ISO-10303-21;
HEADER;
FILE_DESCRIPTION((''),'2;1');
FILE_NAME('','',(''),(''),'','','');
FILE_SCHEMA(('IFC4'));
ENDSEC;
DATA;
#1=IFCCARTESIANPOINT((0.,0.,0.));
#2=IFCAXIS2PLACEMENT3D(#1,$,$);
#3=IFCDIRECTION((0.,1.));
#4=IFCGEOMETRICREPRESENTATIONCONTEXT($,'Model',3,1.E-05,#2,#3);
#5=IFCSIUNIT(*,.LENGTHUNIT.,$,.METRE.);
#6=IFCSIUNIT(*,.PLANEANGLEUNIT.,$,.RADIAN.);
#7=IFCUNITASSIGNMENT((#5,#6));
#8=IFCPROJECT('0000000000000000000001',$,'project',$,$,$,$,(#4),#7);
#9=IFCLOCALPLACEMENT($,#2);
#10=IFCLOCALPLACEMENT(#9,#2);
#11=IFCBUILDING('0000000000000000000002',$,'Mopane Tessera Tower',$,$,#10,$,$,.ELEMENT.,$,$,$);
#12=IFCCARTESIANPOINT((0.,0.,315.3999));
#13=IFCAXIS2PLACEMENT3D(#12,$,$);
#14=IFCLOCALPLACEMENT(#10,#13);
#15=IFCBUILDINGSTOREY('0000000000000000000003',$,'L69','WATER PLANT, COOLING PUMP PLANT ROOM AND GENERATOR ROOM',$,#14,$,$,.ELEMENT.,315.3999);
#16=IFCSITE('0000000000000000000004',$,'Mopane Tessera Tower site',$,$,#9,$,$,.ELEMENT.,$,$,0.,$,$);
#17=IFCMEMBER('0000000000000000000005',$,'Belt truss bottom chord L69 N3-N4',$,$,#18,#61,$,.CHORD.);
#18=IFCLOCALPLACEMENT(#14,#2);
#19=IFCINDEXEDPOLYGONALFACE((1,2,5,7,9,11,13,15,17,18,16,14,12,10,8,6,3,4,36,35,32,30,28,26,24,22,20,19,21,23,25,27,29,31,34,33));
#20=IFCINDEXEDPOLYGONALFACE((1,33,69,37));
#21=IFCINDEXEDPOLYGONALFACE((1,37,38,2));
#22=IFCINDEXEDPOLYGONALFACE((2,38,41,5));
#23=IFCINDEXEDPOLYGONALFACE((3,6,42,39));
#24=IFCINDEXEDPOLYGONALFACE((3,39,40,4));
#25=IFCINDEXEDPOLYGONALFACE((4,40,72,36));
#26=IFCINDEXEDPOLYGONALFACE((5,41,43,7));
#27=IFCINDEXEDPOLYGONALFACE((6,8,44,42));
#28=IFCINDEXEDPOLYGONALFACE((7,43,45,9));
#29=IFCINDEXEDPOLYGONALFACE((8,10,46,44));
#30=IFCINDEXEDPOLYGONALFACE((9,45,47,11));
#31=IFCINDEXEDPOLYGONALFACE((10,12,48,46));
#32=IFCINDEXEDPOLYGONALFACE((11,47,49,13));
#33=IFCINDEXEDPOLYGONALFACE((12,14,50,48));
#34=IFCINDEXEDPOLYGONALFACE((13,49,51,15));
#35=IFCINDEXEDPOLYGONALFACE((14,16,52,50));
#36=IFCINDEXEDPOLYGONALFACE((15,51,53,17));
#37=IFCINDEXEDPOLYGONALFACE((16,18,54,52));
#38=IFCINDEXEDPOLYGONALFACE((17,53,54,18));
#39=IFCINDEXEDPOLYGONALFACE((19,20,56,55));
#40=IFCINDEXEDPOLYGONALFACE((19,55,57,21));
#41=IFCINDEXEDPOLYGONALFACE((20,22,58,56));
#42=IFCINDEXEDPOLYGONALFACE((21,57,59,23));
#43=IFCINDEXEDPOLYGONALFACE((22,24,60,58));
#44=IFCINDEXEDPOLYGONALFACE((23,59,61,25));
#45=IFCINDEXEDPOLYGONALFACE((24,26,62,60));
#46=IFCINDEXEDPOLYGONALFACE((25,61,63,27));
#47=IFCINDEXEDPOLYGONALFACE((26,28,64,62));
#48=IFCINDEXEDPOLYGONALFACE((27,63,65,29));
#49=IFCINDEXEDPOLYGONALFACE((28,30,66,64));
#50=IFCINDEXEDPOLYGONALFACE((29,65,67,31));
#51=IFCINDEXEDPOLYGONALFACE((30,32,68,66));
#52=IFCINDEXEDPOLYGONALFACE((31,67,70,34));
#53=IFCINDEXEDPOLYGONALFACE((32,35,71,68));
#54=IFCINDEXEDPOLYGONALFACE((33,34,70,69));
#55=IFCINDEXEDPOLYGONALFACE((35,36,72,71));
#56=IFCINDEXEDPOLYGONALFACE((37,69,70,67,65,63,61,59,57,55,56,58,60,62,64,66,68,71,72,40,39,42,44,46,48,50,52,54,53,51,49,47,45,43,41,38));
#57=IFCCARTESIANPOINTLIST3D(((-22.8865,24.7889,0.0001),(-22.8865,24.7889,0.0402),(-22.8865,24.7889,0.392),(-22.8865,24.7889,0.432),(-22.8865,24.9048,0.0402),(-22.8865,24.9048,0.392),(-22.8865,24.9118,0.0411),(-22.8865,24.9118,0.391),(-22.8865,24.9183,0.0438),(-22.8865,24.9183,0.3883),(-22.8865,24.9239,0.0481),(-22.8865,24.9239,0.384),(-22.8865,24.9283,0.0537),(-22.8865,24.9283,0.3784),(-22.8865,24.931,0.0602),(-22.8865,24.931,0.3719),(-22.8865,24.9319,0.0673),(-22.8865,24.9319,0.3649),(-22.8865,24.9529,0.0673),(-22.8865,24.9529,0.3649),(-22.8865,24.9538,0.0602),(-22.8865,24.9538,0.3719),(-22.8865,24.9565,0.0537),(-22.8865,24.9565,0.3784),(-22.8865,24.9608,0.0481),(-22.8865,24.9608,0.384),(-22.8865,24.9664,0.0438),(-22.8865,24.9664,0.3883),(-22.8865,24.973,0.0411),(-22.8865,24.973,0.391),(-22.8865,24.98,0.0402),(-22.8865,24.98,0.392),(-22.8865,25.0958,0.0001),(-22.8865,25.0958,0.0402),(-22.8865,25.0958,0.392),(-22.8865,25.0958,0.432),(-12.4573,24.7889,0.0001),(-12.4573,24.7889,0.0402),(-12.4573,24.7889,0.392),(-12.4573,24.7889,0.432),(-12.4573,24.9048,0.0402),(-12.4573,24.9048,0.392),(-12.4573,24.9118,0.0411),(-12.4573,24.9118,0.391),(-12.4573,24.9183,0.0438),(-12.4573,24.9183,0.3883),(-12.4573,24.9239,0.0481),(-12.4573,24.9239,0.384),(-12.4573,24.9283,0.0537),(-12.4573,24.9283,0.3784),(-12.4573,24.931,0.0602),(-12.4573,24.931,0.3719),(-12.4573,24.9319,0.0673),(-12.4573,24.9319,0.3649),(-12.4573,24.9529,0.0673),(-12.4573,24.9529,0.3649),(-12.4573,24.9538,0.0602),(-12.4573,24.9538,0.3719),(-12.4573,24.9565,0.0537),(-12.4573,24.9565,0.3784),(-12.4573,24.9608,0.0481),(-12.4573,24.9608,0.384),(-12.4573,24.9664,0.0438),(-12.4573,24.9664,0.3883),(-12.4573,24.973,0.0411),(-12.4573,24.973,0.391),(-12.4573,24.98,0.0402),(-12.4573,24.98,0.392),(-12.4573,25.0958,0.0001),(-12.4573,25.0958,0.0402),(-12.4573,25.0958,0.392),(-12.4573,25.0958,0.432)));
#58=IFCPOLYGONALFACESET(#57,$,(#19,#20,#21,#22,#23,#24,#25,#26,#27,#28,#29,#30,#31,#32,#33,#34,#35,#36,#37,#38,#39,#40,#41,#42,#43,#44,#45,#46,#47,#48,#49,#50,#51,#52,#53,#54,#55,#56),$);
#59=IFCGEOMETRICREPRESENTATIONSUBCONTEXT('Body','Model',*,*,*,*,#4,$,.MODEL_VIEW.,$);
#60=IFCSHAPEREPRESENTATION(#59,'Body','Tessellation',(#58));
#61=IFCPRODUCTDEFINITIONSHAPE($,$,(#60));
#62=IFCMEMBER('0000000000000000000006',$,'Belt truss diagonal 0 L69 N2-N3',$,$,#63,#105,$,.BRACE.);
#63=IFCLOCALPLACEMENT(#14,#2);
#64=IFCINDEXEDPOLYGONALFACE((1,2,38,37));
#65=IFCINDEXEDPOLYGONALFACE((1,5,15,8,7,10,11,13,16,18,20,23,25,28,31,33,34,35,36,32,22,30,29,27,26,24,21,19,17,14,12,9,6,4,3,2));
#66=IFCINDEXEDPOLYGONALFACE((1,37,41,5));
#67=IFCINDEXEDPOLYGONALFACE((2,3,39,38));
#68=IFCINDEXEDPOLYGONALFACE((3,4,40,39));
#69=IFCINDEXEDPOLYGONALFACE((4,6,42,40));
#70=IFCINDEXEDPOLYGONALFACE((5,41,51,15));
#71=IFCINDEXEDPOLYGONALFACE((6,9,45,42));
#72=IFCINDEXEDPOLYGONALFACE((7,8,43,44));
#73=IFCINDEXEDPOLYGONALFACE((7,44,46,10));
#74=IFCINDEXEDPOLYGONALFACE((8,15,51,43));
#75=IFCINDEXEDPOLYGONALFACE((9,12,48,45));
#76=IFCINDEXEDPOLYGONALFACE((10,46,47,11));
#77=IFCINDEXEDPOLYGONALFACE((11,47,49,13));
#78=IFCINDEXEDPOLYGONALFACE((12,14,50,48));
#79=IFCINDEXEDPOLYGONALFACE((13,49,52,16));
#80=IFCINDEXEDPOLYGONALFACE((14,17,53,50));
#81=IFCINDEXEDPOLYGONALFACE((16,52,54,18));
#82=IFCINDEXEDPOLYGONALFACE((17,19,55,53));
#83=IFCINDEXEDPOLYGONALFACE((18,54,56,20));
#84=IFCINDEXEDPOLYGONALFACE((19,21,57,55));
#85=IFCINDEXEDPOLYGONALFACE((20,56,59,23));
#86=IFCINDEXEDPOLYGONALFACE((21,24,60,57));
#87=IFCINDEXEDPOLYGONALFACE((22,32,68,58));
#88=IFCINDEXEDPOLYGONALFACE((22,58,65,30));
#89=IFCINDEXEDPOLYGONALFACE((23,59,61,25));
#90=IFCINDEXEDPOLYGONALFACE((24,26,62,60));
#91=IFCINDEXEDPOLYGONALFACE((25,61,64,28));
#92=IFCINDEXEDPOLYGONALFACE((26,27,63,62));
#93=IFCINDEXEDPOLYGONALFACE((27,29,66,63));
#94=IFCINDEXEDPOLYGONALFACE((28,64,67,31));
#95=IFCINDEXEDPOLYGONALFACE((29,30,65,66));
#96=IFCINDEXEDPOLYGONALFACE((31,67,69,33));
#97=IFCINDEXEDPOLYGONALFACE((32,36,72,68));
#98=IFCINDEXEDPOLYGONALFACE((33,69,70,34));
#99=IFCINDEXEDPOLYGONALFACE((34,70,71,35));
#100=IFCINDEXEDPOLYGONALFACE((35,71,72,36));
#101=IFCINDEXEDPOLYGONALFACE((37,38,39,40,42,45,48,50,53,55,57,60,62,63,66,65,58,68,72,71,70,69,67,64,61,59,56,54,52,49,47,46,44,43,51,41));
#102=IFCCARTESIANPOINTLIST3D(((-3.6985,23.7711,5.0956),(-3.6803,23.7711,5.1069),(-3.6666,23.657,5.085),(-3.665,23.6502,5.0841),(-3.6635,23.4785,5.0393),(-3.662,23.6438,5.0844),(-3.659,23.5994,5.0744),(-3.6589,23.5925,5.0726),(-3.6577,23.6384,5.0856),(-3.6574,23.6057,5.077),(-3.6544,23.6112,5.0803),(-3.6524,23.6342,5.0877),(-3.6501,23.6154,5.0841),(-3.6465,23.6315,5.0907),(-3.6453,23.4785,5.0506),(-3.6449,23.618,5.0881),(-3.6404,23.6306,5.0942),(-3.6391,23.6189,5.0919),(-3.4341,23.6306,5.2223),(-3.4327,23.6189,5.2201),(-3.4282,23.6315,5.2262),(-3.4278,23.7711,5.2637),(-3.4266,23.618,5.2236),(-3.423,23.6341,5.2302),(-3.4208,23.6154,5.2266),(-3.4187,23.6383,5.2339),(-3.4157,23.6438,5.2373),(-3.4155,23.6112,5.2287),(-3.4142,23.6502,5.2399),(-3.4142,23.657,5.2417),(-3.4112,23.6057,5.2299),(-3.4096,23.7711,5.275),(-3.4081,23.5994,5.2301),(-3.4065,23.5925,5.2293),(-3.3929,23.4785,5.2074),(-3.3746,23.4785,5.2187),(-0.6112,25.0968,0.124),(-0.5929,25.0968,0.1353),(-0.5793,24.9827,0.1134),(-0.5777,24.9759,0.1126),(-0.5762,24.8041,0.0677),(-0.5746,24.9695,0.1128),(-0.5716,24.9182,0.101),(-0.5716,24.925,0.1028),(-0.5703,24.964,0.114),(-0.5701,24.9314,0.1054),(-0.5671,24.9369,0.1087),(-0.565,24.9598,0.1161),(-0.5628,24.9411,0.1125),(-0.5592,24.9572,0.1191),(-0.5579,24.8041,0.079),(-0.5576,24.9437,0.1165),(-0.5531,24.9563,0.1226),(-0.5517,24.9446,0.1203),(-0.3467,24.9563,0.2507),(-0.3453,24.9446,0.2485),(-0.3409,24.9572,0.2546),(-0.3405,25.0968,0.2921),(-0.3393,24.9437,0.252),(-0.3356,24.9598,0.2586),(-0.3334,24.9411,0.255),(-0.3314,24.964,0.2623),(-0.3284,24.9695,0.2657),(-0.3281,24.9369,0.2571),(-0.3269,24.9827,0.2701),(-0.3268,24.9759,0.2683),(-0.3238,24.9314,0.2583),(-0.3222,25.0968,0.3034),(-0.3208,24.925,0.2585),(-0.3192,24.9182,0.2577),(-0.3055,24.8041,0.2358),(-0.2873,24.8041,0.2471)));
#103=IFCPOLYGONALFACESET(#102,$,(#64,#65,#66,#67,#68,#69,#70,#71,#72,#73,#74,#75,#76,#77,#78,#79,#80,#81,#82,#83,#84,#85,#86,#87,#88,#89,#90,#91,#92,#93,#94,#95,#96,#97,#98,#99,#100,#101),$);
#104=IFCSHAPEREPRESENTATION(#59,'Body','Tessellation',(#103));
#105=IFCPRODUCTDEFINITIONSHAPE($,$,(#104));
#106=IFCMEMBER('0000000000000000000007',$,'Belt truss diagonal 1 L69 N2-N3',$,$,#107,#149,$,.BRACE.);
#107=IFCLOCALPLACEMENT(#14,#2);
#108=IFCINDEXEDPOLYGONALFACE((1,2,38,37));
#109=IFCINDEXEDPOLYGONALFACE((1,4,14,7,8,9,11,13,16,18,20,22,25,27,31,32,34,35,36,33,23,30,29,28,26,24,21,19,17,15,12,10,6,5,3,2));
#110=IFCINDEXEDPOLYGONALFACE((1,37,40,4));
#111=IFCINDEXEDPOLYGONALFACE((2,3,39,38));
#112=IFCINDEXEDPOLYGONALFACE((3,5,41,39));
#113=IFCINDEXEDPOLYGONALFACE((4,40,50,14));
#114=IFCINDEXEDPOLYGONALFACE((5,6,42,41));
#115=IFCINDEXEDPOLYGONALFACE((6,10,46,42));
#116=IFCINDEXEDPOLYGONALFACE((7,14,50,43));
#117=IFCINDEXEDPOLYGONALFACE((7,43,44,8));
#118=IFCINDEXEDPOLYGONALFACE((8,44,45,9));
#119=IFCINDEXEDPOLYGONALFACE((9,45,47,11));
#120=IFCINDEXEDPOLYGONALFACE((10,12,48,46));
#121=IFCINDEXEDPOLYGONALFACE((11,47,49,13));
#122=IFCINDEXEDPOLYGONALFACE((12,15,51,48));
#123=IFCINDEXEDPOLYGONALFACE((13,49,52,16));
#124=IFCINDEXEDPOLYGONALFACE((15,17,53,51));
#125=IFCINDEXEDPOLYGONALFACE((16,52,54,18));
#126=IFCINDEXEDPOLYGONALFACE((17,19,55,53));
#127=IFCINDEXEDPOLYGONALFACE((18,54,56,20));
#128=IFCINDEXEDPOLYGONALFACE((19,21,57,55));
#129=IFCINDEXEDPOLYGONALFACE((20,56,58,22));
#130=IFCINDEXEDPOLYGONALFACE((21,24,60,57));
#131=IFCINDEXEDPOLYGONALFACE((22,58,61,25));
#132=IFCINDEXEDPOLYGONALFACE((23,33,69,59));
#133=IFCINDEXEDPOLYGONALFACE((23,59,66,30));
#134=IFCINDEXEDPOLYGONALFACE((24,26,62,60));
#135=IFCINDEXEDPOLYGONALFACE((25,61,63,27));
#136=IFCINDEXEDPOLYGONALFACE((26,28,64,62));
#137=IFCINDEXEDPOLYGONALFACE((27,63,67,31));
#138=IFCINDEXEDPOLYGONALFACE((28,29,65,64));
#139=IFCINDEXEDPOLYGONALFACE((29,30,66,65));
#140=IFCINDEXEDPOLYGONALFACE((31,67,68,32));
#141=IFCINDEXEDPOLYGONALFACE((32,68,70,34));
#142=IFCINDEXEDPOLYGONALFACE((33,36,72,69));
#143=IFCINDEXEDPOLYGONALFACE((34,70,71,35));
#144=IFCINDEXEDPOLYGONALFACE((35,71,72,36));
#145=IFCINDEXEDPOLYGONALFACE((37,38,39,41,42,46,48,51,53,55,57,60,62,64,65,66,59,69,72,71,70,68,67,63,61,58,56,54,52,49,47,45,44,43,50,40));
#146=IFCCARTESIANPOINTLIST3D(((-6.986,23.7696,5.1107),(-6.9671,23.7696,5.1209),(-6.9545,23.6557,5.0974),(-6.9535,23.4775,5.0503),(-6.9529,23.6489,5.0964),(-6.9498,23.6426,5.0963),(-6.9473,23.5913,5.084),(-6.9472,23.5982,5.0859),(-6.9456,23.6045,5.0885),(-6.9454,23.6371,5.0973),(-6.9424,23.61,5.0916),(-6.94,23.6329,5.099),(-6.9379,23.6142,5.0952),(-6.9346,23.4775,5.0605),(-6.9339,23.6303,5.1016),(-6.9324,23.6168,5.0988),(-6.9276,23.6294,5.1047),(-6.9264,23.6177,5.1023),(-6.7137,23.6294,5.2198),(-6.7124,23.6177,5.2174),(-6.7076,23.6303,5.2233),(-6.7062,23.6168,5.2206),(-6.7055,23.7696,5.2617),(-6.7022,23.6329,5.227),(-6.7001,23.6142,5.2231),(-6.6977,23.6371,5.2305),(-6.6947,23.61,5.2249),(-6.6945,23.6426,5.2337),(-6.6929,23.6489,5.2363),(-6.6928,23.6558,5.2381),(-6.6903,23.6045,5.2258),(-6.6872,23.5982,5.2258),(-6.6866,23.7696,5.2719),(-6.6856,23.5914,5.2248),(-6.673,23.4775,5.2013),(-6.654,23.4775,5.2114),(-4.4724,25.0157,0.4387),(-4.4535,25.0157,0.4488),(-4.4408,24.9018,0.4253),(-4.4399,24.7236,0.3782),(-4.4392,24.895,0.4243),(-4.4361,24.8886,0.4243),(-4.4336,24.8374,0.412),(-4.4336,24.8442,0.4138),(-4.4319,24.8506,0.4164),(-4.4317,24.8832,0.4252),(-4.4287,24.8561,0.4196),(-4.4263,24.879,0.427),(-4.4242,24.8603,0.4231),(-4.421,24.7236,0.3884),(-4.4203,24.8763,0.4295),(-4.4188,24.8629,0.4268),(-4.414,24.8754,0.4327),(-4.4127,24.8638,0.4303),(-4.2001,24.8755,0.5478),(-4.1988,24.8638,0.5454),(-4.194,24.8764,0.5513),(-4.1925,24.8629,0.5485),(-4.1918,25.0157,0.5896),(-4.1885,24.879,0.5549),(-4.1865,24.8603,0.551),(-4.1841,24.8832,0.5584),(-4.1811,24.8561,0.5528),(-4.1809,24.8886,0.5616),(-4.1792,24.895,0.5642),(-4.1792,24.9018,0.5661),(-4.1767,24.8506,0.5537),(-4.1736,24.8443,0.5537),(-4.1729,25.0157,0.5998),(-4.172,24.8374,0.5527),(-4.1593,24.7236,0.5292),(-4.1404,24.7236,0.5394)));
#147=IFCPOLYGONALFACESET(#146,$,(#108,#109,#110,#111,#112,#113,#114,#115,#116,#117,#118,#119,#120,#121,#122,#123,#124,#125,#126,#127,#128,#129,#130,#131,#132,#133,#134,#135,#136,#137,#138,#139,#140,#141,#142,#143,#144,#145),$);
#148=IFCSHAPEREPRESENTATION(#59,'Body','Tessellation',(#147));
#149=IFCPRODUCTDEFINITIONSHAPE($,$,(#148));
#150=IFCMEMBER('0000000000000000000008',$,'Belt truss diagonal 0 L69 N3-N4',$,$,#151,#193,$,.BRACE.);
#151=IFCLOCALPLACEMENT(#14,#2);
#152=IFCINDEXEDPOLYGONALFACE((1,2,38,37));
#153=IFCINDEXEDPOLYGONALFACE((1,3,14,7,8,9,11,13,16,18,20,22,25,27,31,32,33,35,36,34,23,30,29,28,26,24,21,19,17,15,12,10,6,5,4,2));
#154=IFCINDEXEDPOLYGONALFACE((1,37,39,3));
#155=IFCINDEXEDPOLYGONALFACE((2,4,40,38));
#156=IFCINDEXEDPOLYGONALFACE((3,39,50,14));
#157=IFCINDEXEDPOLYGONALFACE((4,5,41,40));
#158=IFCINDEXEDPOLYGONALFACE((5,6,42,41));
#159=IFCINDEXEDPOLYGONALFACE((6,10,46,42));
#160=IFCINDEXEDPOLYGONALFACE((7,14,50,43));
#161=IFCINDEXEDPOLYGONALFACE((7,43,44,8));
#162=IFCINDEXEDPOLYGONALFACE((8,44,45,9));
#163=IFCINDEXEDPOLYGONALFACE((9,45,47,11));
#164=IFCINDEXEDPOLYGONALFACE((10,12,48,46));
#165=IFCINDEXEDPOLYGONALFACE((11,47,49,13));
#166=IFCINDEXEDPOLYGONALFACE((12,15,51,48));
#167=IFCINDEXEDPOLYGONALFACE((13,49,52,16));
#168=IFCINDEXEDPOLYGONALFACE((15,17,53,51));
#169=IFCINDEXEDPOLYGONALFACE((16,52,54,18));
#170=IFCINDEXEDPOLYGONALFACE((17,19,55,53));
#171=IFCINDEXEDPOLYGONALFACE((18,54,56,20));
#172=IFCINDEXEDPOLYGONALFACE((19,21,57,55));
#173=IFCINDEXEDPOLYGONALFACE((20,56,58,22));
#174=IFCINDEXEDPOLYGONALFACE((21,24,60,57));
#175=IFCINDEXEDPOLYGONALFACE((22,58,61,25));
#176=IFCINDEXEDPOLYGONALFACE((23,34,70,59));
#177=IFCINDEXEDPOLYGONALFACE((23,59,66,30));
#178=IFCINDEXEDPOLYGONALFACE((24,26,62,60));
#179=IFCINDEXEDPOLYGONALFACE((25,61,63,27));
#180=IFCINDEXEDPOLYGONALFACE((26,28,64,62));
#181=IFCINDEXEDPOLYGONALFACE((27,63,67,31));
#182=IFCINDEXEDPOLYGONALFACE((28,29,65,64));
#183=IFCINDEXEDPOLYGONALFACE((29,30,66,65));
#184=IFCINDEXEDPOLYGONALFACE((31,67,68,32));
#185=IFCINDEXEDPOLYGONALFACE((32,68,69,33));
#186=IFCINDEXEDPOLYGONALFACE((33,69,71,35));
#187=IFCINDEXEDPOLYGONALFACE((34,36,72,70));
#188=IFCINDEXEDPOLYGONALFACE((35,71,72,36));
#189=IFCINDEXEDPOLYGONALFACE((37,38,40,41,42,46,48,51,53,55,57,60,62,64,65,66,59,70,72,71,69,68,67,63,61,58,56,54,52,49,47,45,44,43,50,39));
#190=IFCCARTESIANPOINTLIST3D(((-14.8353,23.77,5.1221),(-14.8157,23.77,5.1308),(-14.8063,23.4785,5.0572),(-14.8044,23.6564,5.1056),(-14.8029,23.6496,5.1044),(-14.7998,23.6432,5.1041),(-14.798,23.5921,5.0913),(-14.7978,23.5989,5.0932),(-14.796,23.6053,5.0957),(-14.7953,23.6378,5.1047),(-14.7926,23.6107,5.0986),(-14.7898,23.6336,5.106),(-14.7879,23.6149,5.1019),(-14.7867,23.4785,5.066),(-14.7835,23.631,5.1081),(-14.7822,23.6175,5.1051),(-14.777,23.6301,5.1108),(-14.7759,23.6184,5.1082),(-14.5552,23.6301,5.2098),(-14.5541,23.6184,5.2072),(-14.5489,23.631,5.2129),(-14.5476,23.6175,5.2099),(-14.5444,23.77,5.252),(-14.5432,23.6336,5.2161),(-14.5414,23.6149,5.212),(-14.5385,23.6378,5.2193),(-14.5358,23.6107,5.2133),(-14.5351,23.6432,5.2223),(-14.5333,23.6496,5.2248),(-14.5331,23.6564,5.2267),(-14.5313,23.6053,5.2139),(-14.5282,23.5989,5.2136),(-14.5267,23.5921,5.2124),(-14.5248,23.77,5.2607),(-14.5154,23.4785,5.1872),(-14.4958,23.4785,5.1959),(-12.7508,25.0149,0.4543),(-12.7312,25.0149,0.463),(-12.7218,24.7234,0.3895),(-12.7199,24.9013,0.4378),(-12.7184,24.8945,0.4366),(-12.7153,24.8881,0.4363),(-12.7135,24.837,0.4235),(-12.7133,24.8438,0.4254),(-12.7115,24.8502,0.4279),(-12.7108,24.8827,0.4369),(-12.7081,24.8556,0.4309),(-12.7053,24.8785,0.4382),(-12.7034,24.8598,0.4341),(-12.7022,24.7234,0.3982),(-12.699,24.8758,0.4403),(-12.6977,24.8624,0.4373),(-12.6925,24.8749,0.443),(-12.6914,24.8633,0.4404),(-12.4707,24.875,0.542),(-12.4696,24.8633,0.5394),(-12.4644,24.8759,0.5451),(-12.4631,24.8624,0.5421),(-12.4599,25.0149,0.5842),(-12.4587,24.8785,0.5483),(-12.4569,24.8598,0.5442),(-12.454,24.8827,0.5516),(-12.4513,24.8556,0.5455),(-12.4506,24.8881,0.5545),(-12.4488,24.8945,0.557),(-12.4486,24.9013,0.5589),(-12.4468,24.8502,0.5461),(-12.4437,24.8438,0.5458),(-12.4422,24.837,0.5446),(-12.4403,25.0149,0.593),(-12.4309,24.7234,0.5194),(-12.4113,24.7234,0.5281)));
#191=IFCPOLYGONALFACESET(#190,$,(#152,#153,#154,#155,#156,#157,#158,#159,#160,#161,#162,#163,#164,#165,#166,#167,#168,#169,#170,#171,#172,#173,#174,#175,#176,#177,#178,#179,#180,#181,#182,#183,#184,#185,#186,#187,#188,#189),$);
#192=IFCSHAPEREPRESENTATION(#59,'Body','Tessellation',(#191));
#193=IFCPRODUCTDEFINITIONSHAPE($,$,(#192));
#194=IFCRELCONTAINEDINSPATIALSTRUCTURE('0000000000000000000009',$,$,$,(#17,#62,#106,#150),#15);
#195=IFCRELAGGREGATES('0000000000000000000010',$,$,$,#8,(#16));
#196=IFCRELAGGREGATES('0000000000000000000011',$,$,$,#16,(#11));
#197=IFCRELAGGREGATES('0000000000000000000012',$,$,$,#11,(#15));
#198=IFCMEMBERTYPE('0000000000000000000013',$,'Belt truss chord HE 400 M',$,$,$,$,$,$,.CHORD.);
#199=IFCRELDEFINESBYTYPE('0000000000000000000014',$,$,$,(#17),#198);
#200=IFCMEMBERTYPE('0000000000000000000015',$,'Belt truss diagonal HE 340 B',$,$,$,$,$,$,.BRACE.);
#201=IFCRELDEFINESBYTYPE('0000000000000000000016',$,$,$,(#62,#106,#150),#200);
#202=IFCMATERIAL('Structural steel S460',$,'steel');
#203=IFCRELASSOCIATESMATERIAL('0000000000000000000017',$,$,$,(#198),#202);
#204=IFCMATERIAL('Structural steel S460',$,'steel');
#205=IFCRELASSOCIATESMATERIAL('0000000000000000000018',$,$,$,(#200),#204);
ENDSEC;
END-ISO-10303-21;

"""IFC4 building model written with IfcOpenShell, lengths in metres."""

from ifc_helpers import new_model, si_unit, direction, frame, origin, origin_2d, place, context, subcontext, project, spatial, i_section, extrude, material, material_profile, profile_set, type_object, element, save


model = new_model("IFC4")

# Units and contexts
model_context = context("Model", 3, precision=1e-05, world=origin(), true_north=direction((0.0, 1.0)))
body_context = subcontext(model_context, "Body", "Model", "MODEL_VIEW")
ifc_project = project(units=[si_unit("LENGTHUNIT", "METRE"), si_unit("PLANEANGLEUNIT", "RADIAN")], contexts=[model_context])

# Site, building, storey
site_placement = place(None, origin())
site = spatial("IfcSite", under=ifc_project, at=site_placement, Name="Mopane Tessera Tower site", CompositionType="ELEMENT", RefElevation=0.0)
building_placement = place(site_placement, origin())
building = spatial("IfcBuilding", under=site, at=building_placement, Name="Mopane Tessera Tower", CompositionType="ELEMENT")
storey_placement = place(building_placement, frame((0.0, 0.0, 315.3999)))
storey = spatial("IfcBuildingStorey", under=building, at=storey_placement, Name="L69", Description="WATER PLANT, COOLING PUMP PLANT ROOM AND GENERATOR ROOM", CompositionType="ELEMENT", Elevation=315.3999)

# Members
ifc_material_1 = material(Name="Structural steel S460", Category="steel")
ifc_material_profile_1 = material_profile(ifc_material_1, i_section(OverallWidth=0.3069, OverallDepth=0.4319, WebThickness=0.021, FlangeThickness=0.04, FilletRadius=0.0271, at=origin_2d()))
ifc_profile_set_1 = profile_set([ifc_material_profile_1], Name="Structural steel S460")
member_type_1 = type_object("IfcMemberType", Name="Belt truss chord HE 400 M", PredefinedType="CHORD", material=ifc_profile_set_1)
member_1_placement = place(storey_placement, frame((-12.4573, 24.9424, 0.2161), z_axis=(-1.0, 0.0, 0.0), x_axis=(0.0, -1.0, 0.0)))
element("IfcMember", 1, at=member_1_placement, inside=storey, type_object=member_type_1, Name="Belt truss bottom chord L69 N3-N4", PredefinedType="CHORD", context=body_context, shape_type="SweptSolid", body=[
    extrude(i_section(OverallWidth=0.3069, OverallDepth=0.4319, WebThickness=0.021, FlangeThickness=0.04, FilletRadius=0.0271, at=origin_2d()), origin(), (0.0, 0.0, 1.0), 10.4292),
])
ifc_material_2 = material(Name="Structural steel S460", Category="steel")
ifc_material_profile_2 = material_profile(ifc_material_2, i_section(OverallWidth=0.3, OverallDepth=0.3401, WebThickness=0.012, FlangeThickness=0.0215, FilletRadius=0.0271, at=origin_2d()))
ifc_profile_set_2 = profile_set([ifc_material_profile_2], Name="Structural steel S460")
member_type_2 = type_object("IfcMemberType", Name="Belt truss diagonal HE 340 B", PredefinedType="BRACE", material=ifc_profile_set_2)
member_2_placement = place(storey_placement, frame((-0.4492, 24.9504, 0.1855), z_axis=(-0.514516, -0.220926, 0.828532), x_axis=(0.116525, -0.975291, -0.187697)))
element("IfcMember", 2, at=member_2_placement, inside=storey, type_object=member_type_2, Name="Belt truss diagonal 0 L69 N2-N3", PredefinedType="BRACE", context=body_context, shape_type="SweptSolid", body=[
    extrude(i_section(OverallWidth=0.3, OverallDepth=0.3401, WebThickness=0.012, FlangeThickness=0.0215, FilletRadius=0.0271, at=origin_2d()), origin(), (0.0, 0.0, 1.0), 6.0005),
])
member_3_placement = place(storey_placement, frame((-4.3064, 24.8696, 0.489), z_axis=(-0.461244, -0.228651, 0.857306), x_axis=(0.108366, -0.973509, -0.201341)))
element("IfcMember", 3, at=member_3_placement, inside=storey, type_object=member_type_2, Name="Belt truss diagonal 1 L69 N2-N3", PredefinedType="BRACE", context=body_context, shape_type="SweptSolid", body=[
    extrude(i_section(OverallWidth=0.3, OverallDepth=0.3401, WebThickness=0.012, FlangeThickness=0.0215, FilletRadius=0.0271, at=origin_2d()), origin(), (0.0, 0.0, 1.0), 5.4497),
])
member_4_placement = place(storey_placement, frame((-12.5811, 24.8691, 0.4912), z_axis=(-0.396182, -0.236605, 0.887163), x_axis=(0.096501, -0.971606, -0.216031)))
element("IfcMember", 4, at=member_4_placement, inside=storey, type_object=member_type_2, Name="Belt truss diagonal 0 L69 N3-N4", PredefinedType="BRACE", context=body_context, shape_type="SweptSolid", body=[
    extrude(i_section(OverallWidth=0.3, OverallDepth=0.3401, WebThickness=0.012, FlangeThickness=0.0215, FilletRadius=0.0271, at=origin_2d()), origin(), (0.0, 0.0, 1.0), 5.2615),
])

save(model, "model.ifc")
